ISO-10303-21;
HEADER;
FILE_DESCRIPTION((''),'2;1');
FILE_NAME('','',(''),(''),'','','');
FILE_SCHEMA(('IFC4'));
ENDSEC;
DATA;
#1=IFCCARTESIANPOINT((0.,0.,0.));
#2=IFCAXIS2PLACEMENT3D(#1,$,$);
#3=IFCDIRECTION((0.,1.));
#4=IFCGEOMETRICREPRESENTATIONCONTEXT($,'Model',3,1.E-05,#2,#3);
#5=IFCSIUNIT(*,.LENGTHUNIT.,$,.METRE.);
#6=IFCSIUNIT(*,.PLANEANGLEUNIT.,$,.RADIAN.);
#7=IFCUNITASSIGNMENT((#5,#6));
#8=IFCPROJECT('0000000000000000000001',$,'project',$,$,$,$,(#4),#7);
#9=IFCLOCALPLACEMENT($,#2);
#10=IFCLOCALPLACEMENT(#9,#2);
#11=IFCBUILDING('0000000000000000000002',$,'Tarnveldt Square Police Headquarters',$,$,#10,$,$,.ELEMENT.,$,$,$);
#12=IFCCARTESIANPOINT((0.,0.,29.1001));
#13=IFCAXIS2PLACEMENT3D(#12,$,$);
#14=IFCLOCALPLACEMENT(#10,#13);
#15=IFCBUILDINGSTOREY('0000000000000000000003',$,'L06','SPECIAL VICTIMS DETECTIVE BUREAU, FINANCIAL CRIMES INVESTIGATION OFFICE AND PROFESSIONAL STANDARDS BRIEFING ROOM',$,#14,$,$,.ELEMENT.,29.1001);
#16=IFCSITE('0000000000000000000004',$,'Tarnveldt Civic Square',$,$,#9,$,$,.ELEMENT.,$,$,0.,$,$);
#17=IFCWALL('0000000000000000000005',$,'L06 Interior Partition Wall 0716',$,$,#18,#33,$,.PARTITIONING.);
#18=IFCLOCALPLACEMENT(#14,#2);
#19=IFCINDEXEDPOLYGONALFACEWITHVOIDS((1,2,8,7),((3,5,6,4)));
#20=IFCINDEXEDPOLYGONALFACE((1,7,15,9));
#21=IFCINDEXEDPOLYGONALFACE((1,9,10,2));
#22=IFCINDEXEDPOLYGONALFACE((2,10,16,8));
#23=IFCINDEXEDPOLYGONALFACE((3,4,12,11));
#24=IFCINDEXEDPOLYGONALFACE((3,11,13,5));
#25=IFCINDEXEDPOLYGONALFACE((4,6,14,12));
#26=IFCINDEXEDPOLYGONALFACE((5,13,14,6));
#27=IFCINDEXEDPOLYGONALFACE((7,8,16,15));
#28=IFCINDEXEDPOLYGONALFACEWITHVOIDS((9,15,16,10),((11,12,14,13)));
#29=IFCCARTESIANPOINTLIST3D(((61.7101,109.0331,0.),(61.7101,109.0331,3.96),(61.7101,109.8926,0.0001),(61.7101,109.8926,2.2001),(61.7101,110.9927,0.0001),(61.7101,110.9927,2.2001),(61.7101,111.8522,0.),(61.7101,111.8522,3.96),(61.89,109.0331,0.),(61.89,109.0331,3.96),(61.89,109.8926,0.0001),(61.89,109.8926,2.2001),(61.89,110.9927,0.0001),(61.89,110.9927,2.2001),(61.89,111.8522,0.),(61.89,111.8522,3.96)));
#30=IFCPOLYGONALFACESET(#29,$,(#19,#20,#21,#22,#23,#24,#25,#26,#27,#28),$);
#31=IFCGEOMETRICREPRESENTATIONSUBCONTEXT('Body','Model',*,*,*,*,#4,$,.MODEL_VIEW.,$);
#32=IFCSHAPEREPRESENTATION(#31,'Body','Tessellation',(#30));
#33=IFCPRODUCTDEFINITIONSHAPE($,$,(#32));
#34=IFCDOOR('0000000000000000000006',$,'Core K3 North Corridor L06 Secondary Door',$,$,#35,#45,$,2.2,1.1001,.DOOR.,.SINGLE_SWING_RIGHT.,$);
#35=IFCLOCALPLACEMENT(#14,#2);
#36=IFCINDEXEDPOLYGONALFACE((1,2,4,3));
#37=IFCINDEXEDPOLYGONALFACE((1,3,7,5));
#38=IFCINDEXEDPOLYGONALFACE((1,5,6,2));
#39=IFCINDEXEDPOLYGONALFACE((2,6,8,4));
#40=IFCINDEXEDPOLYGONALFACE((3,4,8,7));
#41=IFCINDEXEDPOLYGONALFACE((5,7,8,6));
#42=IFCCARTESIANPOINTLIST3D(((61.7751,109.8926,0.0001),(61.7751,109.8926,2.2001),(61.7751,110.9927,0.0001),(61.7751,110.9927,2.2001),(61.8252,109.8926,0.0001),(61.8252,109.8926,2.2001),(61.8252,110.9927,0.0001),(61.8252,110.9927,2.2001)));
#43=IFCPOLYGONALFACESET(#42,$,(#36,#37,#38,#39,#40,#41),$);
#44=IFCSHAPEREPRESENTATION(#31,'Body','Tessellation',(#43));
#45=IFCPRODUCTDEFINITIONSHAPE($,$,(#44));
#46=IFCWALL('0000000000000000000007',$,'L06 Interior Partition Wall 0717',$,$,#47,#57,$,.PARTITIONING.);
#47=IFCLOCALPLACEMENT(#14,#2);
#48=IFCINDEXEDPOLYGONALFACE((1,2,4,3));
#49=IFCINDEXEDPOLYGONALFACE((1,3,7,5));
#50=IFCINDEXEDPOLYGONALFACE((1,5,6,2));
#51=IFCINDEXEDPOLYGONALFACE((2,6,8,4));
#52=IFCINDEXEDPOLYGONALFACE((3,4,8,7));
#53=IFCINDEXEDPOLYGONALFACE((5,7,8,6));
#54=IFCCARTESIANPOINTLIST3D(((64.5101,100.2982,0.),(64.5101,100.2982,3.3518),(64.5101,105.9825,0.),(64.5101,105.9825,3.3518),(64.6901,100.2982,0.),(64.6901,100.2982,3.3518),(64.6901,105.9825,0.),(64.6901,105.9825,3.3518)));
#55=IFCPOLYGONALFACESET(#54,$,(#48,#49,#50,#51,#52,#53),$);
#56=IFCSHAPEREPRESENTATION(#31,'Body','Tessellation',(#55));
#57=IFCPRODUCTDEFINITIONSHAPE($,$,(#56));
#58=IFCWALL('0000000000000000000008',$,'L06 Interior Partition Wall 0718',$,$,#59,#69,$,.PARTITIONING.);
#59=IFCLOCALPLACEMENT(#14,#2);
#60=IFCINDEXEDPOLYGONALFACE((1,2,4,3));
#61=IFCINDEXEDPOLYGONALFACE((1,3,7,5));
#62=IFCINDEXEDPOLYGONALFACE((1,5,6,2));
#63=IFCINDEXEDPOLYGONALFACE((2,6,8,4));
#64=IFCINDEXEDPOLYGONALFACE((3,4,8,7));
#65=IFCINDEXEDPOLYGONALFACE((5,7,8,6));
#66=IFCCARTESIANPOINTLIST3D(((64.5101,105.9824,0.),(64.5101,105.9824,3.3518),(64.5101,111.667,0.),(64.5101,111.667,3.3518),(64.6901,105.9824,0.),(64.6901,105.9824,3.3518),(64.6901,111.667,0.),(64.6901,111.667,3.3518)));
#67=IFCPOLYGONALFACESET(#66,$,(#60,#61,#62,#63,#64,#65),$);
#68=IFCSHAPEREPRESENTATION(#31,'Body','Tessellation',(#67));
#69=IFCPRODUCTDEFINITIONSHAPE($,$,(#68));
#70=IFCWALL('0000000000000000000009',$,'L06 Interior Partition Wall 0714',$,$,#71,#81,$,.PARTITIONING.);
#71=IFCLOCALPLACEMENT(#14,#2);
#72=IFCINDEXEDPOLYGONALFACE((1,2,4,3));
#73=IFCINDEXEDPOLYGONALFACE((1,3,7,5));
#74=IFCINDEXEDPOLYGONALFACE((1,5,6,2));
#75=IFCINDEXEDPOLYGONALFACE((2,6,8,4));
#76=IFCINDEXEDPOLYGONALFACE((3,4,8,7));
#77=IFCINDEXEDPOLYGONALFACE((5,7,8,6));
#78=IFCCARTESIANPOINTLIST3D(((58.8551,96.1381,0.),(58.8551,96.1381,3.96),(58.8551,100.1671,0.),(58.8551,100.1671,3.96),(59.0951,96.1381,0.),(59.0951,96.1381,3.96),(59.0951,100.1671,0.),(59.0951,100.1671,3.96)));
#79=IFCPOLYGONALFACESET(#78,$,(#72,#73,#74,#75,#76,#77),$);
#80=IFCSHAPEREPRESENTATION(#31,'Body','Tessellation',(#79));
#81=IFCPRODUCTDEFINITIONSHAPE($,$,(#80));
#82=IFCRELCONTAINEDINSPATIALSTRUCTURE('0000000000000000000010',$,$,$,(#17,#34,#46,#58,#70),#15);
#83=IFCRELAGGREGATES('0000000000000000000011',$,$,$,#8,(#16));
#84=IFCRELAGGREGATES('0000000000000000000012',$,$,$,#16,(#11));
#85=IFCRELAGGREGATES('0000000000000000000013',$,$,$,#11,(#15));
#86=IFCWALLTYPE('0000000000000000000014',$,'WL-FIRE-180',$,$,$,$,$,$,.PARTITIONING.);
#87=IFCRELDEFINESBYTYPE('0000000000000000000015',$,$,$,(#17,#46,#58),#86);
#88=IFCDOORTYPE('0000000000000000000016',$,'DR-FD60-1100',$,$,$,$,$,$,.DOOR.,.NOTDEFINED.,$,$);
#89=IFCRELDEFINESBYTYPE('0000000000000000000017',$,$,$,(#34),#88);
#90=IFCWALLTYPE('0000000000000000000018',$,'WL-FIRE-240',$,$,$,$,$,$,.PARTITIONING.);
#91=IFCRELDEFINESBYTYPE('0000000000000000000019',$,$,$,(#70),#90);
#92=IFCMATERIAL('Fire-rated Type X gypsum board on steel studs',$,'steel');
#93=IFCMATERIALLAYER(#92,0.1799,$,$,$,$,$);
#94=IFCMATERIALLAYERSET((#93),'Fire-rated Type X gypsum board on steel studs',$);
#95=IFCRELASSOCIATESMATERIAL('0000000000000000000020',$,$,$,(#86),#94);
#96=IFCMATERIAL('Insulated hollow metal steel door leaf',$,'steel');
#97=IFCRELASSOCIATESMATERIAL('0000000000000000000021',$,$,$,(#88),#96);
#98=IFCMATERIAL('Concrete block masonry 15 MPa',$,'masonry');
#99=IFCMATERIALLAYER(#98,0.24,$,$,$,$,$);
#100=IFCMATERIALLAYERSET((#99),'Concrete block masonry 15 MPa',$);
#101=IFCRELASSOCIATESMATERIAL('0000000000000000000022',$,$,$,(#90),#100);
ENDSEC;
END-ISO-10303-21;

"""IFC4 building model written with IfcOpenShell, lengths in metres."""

from ifc_helpers import new_model, si_unit, direction, frame, frame_2d, origin, place, context, subcontext, project, spatial, rectangle, extrude, material, layer, layer_set, type_object, element, fill, save


model = new_model("IFC4")

# Units and contexts
model_context = context("Model", 3, precision=1e-05, world=origin(), true_north=direction((0.0, 1.0)))
body_context = subcontext(model_context, "Body", "Model", "MODEL_VIEW")
ifc_project = project(units=[si_unit("LENGTHUNIT", "METRE"), si_unit("PLANEANGLEUNIT", "RADIAN")], contexts=[model_context])

# Site, building, storey
site_placement = place(None, origin())
site = spatial("IfcSite", under=ifc_project, at=site_placement, Name="Tarnveldt Civic Square", CompositionType="ELEMENT", RefElevation=0.0)
building_placement = place(site_placement, origin())
building = spatial("IfcBuilding", under=site, at=building_placement, Name="Tarnveldt Square Police Headquarters", CompositionType="ELEMENT")
storey_placement = place(building_placement, frame((0.0, 0.0, 29.1001)))
storey = spatial("IfcBuildingStorey", under=building, at=storey_placement, Name="L06", Description="SPECIAL VICTIMS DETECTIVE BUREAU, FINANCIAL CRIMES INVESTIGATION OFFICE AND PROFESSIONAL STANDARDS BRIEFING ROOM", CompositionType="ELEMENT", Elevation=29.1001)

# Wall, opening, door
ifc_material_1 = material(Name="Fire-rated Type X gypsum board on steel studs", Category="steel")
ifc_layer_1 = layer(ifc_material_1, 0.1799)
ifc_layer_set_1 = layer_set([ifc_layer_1], Name="Fire-rated Type X gypsum board on steel studs")
wall_type_1 = type_object("IfcWallType", Name="WL-FIRE-180", PredefinedType="PARTITIONING", material=ifc_layer_set_1)
ifc_material_2 = material(Name="Insulated hollow metal steel door leaf", Category="steel")
door_type_1 = type_object("IfcDoorType", Name="DR-FD60-1100", OperationType="NOTDEFINED", PredefinedType="DOOR", material=ifc_material_2)
wall_1_placement = place(storey_placement, frame((61.8, 109.033, 0.0), z_axis=(0.0, 0.0, 1.0), x_axis=(0.0, 1.0, 0.0)))
wall_1 = element("IfcWall", 1, at=wall_1_placement, inside=storey, type_object=wall_type_1, Name="L06 Interior Partition Wall 0716", PredefinedType="PARTITIONING", context=body_context, shape_type="SweptSolid", body=[
    extrude(rectangle(XDim=2.8191, YDim=0.1799, at=frame_2d((1.4097, 0.0))), origin(), (0.0, 0.0, 1.0), 3.96),
])
opening_1_placement = place(wall_1_placement, frame((0.8596, 0.0, 0.0)))
opening_1 = element("IfcOpeningElement", 2, at=opening_1_placement, cuts=wall_1, PredefinedType="OPENING", context=body_context, shape_type="SweptSolid", body=[
    extrude(rectangle(XDim=1.1001, YDim=2.2, at=frame_2d((0.55, 1.1001))), frame((0.0, 0.0999, 0.0), z_axis=(0.0, -1.0, 0.0), x_axis=(1.0, 0.0, 0.0)), (0.0, 0.0, 1.0), 0.2),
])
door_1_placement = place(opening_1_placement, origin())
door_1 = element("IfcDoor", 3, at=door_1_placement, inside=storey, type_object=door_type_1, Name="Core K3 North Corridor L06 Secondary Door", OperationType="SINGLE_SWING_RIGHT", OverallHeight=2.2, OverallWidth=1.1001, PredefinedType="DOOR", context=body_context, shape_type="SweptSolid", body=[
    extrude(rectangle(XDim=1.1001, YDim=2.2, at=frame_2d((0.55, 1.1001))), frame((0.0, 0.0249, 0.0), z_axis=(0.0, -1.0, 0.0), x_axis=(1.0, 0.0, 0.0)), (0.0, 0.0, 1.0), 0.05),
])
fill(opening_1, door_1)

# Walls
wall_2_placement = place(storey_placement, frame((64.6001, 100.2981, 0.0), z_axis=(0.0, 0.0, 1.0), x_axis=(0.0, 1.0, 0.0)))
element("IfcWall", 4, at=wall_2_placement, inside=storey, type_object=wall_type_1, Name="L06 Interior Partition Wall 0717", PredefinedType="PARTITIONING", context=body_context, shape_type="SweptSolid", body=[
    extrude(rectangle(XDim=5.6843, YDim=0.1799, at=frame_2d((2.8423, 0.0))), origin(), (0.0, 0.0, 1.0), 3.3518),
])
wall_3_placement = place(storey_placement, frame((64.6001, 105.9824, 0.0), z_axis=(0.0, 0.0, 1.0), x_axis=(0.0, 1.0, 0.0)))
element("IfcWall", 5, at=wall_3_placement, inside=storey, type_object=wall_type_1, Name="L06 Interior Partition Wall 0718", PredefinedType="PARTITIONING", context=body_context, shape_type="SweptSolid", body=[
    extrude(rectangle(XDim=5.6846, YDim=0.1799, at=frame_2d((2.8423, 0.0))), origin(), (0.0, 0.0, 1.0), 3.3518),
])
ifc_material_3 = material(Name="Concrete block masonry 15 MPa", Category="masonry")
ifc_layer_2 = layer(ifc_material_3, 0.24)
ifc_layer_set_2 = layer_set([ifc_layer_2], Name="Concrete block masonry 15 MPa")
wall_type_2 = type_object("IfcWallType", Name="WL-FIRE-240", PredefinedType="PARTITIONING", material=ifc_layer_set_2)
wall_4_placement = place(storey_placement, frame((58.9751, 96.1379, 0.0), z_axis=(0.0, 0.0, 1.0), x_axis=(0.0, 1.0, 0.0)))
element("IfcWall", 6, at=wall_4_placement, inside=storey, type_object=wall_type_2, Name="L06 Interior Partition Wall 0714", PredefinedType="PARTITIONING", context=body_context, shape_type="SweptSolid", body=[
    extrude(rectangle(XDim=4.0291, YDim=0.24, at=frame_2d((2.0146, 0.0))), origin(), (0.0, 0.0, 1.0), 3.96),
])

save(model, "model.ifc")
